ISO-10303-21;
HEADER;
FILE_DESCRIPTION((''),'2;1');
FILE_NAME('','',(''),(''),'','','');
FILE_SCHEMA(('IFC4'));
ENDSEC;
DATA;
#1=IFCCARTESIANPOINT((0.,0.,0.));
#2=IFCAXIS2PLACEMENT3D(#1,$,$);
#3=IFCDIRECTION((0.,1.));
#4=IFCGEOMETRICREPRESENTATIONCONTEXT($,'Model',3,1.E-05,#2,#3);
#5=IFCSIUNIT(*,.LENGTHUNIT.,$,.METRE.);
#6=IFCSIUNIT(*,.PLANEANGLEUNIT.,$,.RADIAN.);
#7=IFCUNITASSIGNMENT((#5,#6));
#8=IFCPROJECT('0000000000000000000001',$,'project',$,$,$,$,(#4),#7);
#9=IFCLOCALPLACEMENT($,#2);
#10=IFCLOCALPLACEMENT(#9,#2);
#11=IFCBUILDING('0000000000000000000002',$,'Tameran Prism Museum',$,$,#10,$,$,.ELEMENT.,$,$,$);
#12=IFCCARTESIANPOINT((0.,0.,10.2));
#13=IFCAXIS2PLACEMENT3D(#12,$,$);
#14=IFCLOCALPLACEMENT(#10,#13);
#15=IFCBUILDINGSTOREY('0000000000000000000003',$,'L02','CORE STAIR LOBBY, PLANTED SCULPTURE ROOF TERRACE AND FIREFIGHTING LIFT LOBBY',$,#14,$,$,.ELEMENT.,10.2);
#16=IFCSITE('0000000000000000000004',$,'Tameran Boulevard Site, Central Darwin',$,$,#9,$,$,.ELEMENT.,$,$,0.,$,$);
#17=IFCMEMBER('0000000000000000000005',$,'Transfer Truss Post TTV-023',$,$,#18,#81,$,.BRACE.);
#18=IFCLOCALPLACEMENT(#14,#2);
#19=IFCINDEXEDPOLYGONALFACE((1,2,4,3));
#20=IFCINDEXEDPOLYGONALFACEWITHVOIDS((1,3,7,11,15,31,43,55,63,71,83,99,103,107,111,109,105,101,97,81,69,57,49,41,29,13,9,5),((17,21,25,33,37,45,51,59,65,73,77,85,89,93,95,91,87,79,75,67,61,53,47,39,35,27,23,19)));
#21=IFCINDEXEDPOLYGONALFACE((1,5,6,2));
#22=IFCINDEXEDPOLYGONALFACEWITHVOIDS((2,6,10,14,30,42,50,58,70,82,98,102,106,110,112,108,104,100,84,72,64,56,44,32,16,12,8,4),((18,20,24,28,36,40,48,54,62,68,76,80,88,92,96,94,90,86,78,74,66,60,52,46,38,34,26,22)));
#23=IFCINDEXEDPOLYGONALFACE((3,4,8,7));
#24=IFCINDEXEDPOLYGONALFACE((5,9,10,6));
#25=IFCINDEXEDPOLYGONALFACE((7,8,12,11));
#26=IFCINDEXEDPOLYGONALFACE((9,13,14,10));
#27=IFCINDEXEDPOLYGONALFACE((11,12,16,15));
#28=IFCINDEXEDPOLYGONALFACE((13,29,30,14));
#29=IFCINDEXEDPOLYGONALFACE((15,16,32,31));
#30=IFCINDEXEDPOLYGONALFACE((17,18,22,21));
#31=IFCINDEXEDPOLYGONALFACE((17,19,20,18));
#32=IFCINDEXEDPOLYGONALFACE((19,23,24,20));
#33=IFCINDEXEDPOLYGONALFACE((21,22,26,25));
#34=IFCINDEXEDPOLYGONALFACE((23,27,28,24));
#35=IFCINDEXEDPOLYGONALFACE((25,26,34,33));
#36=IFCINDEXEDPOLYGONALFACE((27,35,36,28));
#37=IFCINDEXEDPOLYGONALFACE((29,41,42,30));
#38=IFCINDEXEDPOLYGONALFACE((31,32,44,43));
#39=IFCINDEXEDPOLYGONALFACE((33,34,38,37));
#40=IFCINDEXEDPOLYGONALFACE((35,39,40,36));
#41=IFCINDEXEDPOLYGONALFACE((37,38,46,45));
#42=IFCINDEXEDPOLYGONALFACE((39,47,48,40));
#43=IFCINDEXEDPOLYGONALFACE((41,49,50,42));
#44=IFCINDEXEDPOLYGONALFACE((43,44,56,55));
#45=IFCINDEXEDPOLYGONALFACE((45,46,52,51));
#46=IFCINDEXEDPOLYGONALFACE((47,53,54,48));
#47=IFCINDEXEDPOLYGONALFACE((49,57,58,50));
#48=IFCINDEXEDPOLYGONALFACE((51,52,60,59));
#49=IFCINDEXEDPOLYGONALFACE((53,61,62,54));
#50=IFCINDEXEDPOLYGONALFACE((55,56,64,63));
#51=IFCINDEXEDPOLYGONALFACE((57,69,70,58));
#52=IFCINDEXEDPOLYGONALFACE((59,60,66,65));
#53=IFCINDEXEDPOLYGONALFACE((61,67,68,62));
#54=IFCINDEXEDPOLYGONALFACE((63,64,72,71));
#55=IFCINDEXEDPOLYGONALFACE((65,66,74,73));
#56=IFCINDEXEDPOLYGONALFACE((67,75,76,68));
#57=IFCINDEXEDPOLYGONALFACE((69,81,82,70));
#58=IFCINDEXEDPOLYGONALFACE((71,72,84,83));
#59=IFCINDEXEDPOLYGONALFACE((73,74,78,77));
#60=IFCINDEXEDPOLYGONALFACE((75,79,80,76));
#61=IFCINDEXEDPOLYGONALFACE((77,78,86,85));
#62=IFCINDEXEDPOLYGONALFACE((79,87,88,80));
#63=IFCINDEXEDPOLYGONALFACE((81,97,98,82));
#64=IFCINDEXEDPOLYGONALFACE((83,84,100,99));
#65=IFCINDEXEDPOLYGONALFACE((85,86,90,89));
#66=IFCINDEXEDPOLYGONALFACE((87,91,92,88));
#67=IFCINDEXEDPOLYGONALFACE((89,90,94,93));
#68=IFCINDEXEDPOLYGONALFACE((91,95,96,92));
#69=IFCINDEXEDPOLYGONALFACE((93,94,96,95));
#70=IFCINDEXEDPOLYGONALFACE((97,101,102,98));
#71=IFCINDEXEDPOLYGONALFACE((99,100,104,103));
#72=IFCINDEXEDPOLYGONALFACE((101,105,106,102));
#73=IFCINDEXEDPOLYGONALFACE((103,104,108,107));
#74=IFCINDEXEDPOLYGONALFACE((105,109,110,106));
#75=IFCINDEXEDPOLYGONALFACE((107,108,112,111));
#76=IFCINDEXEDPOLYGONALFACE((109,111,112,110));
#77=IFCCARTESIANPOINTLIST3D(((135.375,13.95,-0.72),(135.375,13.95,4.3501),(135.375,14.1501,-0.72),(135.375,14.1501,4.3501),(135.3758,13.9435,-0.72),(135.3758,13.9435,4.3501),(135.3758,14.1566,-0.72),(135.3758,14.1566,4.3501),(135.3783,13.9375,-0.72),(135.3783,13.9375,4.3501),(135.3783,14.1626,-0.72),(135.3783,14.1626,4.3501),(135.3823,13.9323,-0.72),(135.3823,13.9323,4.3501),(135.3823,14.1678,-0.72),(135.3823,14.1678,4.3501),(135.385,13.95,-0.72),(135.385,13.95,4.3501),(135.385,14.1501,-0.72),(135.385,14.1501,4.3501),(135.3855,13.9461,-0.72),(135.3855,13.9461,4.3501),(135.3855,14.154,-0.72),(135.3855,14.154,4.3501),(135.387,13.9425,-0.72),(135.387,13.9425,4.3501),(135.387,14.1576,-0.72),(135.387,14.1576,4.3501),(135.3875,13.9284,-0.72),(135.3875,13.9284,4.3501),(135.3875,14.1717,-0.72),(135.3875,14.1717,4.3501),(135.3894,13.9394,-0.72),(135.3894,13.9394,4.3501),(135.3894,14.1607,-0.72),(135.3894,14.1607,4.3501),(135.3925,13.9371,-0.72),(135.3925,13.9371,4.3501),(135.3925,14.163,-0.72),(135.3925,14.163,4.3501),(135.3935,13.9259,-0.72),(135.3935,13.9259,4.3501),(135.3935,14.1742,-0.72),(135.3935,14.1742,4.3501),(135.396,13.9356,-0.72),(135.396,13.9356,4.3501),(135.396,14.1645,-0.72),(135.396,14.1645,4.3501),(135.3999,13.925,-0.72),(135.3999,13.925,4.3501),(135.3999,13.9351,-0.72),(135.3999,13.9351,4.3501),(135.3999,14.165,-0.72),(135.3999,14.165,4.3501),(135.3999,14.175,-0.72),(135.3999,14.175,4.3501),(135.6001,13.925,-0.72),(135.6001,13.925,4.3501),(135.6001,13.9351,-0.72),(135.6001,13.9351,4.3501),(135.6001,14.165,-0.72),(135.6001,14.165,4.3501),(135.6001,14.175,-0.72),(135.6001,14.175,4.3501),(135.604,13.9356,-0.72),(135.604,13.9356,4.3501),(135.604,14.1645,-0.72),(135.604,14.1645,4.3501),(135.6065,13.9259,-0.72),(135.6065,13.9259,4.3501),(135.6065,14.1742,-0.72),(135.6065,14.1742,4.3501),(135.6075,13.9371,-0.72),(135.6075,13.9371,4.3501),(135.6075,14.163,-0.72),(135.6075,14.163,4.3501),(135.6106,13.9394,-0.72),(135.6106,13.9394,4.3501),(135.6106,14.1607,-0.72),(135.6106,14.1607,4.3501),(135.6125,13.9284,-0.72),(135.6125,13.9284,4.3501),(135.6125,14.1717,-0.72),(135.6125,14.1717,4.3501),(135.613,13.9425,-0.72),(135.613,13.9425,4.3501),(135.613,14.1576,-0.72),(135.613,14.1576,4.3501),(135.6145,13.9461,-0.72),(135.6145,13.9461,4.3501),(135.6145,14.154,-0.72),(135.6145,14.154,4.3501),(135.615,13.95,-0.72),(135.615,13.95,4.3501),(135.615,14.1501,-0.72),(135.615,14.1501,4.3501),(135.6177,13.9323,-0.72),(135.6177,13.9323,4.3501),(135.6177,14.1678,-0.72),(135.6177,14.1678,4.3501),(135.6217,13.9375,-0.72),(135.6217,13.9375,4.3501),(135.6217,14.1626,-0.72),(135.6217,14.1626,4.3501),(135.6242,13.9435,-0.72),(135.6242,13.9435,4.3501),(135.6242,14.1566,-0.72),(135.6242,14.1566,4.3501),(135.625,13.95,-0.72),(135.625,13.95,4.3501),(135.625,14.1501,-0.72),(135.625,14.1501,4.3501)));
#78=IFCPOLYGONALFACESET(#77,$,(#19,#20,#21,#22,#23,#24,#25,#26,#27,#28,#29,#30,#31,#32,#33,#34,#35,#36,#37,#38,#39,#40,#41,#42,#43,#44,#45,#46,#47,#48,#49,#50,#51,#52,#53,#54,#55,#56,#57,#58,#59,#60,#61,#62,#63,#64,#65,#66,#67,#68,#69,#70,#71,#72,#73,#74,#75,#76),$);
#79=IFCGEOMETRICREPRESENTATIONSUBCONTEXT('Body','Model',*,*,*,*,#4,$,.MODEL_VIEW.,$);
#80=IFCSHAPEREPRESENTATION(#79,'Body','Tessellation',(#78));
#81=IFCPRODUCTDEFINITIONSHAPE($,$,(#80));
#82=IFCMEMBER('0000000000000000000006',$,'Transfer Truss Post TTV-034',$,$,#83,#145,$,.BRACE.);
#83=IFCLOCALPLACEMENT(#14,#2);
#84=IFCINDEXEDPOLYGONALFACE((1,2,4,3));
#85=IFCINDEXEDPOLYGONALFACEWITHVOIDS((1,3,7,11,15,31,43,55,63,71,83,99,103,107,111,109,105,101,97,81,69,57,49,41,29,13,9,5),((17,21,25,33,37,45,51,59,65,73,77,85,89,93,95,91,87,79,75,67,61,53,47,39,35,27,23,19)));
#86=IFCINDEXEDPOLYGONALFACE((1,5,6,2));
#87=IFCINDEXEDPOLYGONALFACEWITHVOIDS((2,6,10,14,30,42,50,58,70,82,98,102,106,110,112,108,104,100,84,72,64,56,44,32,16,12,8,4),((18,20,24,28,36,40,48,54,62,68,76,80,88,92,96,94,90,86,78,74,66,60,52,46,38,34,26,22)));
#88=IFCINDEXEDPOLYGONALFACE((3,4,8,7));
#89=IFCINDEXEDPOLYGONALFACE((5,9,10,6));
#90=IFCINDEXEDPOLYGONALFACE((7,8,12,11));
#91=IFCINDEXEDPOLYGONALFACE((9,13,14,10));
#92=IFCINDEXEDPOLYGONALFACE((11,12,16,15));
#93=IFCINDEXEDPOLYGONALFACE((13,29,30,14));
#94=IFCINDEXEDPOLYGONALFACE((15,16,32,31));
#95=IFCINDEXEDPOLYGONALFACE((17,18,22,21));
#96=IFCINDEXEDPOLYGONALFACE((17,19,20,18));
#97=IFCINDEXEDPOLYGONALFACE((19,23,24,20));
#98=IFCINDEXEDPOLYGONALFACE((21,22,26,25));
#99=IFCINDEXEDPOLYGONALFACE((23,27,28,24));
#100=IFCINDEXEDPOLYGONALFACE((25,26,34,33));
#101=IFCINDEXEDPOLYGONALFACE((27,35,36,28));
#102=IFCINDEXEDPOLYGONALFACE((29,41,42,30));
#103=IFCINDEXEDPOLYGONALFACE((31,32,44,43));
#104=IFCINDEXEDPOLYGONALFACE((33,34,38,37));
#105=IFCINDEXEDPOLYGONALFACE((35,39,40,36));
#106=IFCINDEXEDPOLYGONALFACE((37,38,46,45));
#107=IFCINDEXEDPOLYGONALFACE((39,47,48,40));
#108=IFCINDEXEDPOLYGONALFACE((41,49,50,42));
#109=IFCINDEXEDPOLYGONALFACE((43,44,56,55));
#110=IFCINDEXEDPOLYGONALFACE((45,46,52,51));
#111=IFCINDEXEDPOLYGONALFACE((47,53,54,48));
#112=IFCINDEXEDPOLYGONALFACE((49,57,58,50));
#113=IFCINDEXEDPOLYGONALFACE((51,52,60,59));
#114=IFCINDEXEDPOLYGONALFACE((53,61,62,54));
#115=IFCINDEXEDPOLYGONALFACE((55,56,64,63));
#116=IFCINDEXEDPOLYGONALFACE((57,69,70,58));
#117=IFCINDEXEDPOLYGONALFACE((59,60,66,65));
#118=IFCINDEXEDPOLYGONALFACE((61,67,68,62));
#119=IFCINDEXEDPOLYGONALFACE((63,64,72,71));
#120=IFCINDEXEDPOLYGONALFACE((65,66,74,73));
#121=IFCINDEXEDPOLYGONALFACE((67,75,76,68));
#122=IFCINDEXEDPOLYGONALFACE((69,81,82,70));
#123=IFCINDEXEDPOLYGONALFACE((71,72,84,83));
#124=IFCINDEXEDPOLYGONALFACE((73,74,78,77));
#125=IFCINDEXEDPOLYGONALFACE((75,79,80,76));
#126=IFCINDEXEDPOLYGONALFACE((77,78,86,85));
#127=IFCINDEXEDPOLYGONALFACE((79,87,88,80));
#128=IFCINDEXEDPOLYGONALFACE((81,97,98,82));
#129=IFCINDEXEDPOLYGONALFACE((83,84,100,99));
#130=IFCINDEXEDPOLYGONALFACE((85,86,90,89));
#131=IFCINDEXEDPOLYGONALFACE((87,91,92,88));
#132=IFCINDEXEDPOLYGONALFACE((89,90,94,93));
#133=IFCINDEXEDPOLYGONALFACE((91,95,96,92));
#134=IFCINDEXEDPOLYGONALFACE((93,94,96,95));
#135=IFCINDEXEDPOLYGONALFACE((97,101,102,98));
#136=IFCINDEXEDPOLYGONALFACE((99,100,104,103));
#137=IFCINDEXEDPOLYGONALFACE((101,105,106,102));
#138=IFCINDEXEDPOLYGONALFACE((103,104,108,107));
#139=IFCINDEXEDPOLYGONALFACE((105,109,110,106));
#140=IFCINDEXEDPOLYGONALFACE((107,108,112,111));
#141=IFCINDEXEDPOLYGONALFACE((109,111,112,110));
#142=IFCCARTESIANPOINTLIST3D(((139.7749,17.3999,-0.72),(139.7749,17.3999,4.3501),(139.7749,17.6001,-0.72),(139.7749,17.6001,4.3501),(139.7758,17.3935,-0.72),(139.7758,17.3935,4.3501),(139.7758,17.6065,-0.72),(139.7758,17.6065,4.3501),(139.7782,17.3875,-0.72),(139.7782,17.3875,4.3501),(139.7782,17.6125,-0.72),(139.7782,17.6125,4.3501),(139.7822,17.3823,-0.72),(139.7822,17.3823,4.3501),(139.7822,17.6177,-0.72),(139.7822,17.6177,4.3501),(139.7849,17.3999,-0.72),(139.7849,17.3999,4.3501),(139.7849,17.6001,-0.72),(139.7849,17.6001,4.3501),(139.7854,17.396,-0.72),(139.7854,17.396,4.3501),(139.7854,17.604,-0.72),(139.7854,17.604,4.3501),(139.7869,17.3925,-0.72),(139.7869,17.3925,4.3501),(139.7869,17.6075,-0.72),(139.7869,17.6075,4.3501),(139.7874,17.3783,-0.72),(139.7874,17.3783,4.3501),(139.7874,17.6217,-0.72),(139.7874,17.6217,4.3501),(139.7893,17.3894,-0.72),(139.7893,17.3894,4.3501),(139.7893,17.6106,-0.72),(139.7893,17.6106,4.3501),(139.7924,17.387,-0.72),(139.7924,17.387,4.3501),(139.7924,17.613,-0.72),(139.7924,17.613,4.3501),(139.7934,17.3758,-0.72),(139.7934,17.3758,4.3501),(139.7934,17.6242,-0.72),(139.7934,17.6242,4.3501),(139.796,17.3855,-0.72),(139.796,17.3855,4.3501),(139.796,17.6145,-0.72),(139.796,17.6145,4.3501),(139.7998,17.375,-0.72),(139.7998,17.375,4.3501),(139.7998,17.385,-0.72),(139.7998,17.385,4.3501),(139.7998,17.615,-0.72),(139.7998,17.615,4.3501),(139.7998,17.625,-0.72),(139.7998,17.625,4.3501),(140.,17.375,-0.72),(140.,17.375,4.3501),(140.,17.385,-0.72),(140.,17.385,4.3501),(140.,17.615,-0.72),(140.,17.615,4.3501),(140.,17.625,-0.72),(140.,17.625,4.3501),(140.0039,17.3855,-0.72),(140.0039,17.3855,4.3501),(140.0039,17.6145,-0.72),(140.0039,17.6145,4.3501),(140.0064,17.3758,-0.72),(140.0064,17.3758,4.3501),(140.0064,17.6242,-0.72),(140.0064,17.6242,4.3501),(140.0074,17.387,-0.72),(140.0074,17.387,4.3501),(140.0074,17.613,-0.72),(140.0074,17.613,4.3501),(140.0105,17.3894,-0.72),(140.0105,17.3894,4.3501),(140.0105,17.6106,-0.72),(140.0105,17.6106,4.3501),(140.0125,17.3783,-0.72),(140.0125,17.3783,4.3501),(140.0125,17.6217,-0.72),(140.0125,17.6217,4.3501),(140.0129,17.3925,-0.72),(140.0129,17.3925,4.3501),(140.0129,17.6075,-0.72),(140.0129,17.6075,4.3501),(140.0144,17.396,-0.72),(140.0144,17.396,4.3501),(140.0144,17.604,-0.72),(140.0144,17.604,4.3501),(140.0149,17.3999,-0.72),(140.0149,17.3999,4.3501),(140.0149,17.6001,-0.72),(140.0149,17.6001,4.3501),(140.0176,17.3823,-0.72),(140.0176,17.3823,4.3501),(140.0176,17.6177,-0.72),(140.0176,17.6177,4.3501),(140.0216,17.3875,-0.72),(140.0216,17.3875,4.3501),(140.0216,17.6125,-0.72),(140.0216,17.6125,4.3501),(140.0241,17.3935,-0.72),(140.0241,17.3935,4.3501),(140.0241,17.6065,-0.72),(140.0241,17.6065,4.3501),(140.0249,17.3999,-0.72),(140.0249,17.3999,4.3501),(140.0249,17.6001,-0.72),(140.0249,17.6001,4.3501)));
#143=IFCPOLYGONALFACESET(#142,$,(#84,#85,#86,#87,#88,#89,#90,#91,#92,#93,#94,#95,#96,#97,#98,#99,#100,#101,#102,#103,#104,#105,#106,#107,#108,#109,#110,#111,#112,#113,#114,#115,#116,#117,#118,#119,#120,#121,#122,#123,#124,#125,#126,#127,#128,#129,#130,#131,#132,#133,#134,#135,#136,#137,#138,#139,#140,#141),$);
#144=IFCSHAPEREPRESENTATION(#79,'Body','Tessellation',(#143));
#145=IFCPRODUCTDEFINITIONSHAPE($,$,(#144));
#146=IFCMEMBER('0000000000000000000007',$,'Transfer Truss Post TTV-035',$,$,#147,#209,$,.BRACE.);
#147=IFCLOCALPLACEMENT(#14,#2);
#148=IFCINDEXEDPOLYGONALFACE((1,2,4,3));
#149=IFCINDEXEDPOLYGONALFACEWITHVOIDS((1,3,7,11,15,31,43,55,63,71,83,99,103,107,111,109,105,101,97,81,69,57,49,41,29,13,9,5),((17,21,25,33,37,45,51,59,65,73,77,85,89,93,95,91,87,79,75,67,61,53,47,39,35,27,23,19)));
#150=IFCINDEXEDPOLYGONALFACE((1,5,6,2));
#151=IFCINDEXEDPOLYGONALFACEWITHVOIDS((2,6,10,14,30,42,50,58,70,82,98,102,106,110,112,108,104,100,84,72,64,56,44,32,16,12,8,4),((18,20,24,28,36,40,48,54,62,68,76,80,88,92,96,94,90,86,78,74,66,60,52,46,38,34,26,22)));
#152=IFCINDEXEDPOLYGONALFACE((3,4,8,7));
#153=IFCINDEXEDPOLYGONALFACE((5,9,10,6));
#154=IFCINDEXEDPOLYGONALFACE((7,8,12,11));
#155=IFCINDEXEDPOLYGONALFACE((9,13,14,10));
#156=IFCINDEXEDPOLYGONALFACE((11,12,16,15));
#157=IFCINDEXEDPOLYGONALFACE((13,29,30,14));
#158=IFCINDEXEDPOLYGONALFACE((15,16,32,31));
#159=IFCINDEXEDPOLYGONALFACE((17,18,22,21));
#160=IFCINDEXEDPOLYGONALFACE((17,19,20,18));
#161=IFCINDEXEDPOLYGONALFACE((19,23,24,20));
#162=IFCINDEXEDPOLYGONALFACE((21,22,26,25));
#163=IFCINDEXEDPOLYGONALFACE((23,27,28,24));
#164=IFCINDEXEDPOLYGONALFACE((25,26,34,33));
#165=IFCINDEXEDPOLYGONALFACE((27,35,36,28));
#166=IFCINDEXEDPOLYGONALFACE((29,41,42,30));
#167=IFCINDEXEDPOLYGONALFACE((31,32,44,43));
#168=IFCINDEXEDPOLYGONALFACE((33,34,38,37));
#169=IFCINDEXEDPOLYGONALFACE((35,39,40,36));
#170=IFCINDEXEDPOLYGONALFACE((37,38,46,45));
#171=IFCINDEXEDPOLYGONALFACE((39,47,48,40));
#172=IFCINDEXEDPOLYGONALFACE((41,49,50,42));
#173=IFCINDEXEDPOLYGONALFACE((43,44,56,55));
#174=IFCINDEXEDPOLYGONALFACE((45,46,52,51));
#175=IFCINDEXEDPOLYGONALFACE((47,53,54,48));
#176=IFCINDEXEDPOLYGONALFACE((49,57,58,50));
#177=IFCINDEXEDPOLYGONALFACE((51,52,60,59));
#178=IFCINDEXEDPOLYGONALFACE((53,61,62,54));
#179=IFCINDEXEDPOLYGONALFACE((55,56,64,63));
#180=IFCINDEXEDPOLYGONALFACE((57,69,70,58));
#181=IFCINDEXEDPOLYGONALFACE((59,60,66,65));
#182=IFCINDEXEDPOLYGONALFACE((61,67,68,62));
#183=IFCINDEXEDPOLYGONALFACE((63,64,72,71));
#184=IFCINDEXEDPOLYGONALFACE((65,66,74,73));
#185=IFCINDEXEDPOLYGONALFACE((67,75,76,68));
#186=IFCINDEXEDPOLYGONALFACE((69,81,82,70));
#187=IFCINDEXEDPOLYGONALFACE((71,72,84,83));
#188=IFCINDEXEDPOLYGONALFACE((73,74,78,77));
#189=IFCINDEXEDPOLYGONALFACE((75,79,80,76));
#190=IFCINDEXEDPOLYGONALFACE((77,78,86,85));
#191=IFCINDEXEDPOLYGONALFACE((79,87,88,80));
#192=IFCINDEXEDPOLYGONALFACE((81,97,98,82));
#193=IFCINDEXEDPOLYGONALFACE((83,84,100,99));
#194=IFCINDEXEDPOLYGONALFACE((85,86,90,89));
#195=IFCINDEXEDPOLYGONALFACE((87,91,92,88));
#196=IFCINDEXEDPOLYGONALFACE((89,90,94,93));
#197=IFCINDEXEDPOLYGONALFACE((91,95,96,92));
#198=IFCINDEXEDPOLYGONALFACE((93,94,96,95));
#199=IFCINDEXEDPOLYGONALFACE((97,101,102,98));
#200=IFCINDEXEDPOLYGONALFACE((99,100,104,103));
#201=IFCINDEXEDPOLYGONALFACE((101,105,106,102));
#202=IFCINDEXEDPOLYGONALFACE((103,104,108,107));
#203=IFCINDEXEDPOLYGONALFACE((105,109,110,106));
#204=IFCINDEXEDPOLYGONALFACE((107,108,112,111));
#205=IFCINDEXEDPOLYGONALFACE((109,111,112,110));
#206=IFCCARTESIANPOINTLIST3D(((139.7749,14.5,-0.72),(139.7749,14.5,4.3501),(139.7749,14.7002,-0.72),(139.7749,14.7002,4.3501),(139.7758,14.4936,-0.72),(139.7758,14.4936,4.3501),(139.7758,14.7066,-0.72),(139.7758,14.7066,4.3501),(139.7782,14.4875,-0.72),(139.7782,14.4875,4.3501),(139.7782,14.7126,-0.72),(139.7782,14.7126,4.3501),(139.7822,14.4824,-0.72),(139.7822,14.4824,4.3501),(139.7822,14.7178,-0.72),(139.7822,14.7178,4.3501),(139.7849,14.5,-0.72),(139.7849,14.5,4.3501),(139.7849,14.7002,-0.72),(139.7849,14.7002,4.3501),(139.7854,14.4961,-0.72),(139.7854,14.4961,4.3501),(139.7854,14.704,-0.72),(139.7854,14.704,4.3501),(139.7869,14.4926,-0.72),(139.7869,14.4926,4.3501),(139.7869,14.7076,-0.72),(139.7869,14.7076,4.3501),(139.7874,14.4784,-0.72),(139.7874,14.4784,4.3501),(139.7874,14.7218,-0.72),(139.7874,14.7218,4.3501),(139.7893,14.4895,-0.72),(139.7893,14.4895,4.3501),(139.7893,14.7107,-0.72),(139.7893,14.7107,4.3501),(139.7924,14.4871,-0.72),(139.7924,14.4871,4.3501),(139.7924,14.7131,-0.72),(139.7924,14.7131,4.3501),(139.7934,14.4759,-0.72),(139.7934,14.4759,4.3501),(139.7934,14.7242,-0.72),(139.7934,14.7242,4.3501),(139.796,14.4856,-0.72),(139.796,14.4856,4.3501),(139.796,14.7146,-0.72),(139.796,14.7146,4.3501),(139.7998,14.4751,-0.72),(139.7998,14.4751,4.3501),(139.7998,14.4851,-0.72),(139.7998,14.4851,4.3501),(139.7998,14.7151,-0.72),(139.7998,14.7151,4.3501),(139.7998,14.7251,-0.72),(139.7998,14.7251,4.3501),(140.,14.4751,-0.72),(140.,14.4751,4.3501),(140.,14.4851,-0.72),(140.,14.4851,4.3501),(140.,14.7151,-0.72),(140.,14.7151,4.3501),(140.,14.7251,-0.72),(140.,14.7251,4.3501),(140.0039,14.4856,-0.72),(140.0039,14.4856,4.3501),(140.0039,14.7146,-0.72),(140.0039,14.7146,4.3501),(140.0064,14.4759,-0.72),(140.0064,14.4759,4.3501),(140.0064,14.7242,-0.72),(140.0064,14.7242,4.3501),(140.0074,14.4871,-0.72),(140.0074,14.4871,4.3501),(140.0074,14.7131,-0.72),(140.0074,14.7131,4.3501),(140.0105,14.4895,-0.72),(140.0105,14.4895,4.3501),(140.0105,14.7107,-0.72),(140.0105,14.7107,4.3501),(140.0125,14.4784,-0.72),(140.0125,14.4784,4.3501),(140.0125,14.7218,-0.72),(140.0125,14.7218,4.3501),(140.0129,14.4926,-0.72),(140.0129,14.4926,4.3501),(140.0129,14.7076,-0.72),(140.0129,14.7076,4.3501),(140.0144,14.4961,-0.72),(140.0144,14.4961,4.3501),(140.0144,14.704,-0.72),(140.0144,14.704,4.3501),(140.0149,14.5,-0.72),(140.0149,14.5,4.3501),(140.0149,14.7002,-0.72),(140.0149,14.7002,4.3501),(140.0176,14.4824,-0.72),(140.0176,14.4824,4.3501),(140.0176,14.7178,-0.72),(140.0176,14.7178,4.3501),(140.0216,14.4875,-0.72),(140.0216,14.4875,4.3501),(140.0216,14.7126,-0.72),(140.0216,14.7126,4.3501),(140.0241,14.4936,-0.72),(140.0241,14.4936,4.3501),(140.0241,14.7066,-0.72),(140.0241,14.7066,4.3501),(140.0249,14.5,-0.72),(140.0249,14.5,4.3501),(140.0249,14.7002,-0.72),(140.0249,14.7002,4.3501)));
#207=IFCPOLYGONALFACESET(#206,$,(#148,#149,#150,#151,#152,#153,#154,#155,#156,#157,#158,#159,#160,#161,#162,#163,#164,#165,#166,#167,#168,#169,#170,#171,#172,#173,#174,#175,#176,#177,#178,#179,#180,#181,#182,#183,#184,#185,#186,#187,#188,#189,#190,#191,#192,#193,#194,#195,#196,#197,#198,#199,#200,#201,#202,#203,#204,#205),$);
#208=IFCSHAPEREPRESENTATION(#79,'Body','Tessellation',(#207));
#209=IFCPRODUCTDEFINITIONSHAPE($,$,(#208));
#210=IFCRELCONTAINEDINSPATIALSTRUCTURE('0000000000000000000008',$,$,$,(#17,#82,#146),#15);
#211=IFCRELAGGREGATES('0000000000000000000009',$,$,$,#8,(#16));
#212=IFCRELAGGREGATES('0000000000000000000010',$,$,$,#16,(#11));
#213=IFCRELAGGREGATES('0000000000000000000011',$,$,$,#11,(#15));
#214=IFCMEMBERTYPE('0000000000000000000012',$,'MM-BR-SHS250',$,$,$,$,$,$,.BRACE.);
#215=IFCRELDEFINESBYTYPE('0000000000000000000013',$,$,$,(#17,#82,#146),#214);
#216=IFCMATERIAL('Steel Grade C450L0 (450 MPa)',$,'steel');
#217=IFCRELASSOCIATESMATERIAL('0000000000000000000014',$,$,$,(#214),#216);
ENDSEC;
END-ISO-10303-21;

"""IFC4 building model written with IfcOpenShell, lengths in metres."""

from ifc_helpers import new_model, si_unit, direction, frame, origin, origin_2d, place, context, subcontext, project, spatial, hollow_rectangle, extrude, material, material_profile, profile_set, type_object, element, save


model = new_model("IFC4")

# Units and contexts
model_context = context("Model", 3, precision=1e-05, world=origin(), true_north=direction((0.0, 1.0)))
body_context = subcontext(model_context, "Body", "Model", "MODEL_VIEW")
ifc_project = project(units=[si_unit("LENGTHUNIT", "METRE"), si_unit("PLANEANGLEUNIT", "RADIAN")], contexts=[model_context])

# Site, building, storey
site_placement = place(None, origin())
site = spatial("IfcSite", under=ifc_project, at=site_placement, Name="Tameran Boulevard Site, Central Darwin", CompositionType="ELEMENT", RefElevation=0.0)
building_placement = place(site_placement, origin())
building = spatial("IfcBuilding", under=site, at=building_placement, Name="Tameran Prism Museum", CompositionType="ELEMENT")
storey_placement = place(building_placement, frame((0.0, 0.0, 10.2)))
storey = spatial("IfcBuildingStorey", under=building, at=storey_placement, Name="L02", Description="CORE STAIR LOBBY, PLANTED SCULPTURE ROOF TERRACE AND FIREFIGHTING LIFT LOBBY", CompositionType="ELEMENT", Elevation=10.2)

# Members
ifc_material_1 = material(Name="Steel Grade C450L0 (450 MPa)", Category="steel")
ifc_material_profile_1 = material_profile(ifc_material_1, hollow_rectangle(XDim=0.25, YDim=0.25, WallThickness=0.01, InnerFilletRadius=0.0149, OuterFilletRadius=0.0249, at=origin_2d()))
ifc_profile_set_1 = profile_set([ifc_material_profile_1])
member_type_1 = type_object("IfcMemberType", Name="MM-BR-SHS250", PredefinedType="BRACE", material=ifc_profile_set_1)
for number, where, z_axis, x_axis, name in (
    (1, (135.5, 14.05, -0.72), (0.0, 0.0, 1.0), (1.0, 0.0, 0.0), "Transfer Truss Post TTV-023"),
    (2, (139.8999, 17.5, -0.72), (0.0, 0.0, 1.0), (1.0, 0.0, 0.0), "Transfer Truss Post TTV-034"),
    (3, (139.8999, 14.6001, -0.72), (0.0, 0.0, 1.0), (1.0, 0.0, 0.0), "Transfer Truss Post TTV-035"),
):
    element("IfcMember", number, at=place(storey_placement, frame(where, z_axis=z_axis, x_axis=x_axis)), inside=storey, type_object=member_type_1, Name=name, PredefinedType="BRACE", context=body_context, shape_type="SweptSolid", body=[
        extrude(hollow_rectangle(XDim=0.25, YDim=0.25, WallThickness=0.01, InnerFilletRadius=0.0149, OuterFilletRadius=0.0249, at=origin_2d()), origin(), (0.0, 0.0, 1.0), 5.0701),
    ])

save(model, "model.ifc")
